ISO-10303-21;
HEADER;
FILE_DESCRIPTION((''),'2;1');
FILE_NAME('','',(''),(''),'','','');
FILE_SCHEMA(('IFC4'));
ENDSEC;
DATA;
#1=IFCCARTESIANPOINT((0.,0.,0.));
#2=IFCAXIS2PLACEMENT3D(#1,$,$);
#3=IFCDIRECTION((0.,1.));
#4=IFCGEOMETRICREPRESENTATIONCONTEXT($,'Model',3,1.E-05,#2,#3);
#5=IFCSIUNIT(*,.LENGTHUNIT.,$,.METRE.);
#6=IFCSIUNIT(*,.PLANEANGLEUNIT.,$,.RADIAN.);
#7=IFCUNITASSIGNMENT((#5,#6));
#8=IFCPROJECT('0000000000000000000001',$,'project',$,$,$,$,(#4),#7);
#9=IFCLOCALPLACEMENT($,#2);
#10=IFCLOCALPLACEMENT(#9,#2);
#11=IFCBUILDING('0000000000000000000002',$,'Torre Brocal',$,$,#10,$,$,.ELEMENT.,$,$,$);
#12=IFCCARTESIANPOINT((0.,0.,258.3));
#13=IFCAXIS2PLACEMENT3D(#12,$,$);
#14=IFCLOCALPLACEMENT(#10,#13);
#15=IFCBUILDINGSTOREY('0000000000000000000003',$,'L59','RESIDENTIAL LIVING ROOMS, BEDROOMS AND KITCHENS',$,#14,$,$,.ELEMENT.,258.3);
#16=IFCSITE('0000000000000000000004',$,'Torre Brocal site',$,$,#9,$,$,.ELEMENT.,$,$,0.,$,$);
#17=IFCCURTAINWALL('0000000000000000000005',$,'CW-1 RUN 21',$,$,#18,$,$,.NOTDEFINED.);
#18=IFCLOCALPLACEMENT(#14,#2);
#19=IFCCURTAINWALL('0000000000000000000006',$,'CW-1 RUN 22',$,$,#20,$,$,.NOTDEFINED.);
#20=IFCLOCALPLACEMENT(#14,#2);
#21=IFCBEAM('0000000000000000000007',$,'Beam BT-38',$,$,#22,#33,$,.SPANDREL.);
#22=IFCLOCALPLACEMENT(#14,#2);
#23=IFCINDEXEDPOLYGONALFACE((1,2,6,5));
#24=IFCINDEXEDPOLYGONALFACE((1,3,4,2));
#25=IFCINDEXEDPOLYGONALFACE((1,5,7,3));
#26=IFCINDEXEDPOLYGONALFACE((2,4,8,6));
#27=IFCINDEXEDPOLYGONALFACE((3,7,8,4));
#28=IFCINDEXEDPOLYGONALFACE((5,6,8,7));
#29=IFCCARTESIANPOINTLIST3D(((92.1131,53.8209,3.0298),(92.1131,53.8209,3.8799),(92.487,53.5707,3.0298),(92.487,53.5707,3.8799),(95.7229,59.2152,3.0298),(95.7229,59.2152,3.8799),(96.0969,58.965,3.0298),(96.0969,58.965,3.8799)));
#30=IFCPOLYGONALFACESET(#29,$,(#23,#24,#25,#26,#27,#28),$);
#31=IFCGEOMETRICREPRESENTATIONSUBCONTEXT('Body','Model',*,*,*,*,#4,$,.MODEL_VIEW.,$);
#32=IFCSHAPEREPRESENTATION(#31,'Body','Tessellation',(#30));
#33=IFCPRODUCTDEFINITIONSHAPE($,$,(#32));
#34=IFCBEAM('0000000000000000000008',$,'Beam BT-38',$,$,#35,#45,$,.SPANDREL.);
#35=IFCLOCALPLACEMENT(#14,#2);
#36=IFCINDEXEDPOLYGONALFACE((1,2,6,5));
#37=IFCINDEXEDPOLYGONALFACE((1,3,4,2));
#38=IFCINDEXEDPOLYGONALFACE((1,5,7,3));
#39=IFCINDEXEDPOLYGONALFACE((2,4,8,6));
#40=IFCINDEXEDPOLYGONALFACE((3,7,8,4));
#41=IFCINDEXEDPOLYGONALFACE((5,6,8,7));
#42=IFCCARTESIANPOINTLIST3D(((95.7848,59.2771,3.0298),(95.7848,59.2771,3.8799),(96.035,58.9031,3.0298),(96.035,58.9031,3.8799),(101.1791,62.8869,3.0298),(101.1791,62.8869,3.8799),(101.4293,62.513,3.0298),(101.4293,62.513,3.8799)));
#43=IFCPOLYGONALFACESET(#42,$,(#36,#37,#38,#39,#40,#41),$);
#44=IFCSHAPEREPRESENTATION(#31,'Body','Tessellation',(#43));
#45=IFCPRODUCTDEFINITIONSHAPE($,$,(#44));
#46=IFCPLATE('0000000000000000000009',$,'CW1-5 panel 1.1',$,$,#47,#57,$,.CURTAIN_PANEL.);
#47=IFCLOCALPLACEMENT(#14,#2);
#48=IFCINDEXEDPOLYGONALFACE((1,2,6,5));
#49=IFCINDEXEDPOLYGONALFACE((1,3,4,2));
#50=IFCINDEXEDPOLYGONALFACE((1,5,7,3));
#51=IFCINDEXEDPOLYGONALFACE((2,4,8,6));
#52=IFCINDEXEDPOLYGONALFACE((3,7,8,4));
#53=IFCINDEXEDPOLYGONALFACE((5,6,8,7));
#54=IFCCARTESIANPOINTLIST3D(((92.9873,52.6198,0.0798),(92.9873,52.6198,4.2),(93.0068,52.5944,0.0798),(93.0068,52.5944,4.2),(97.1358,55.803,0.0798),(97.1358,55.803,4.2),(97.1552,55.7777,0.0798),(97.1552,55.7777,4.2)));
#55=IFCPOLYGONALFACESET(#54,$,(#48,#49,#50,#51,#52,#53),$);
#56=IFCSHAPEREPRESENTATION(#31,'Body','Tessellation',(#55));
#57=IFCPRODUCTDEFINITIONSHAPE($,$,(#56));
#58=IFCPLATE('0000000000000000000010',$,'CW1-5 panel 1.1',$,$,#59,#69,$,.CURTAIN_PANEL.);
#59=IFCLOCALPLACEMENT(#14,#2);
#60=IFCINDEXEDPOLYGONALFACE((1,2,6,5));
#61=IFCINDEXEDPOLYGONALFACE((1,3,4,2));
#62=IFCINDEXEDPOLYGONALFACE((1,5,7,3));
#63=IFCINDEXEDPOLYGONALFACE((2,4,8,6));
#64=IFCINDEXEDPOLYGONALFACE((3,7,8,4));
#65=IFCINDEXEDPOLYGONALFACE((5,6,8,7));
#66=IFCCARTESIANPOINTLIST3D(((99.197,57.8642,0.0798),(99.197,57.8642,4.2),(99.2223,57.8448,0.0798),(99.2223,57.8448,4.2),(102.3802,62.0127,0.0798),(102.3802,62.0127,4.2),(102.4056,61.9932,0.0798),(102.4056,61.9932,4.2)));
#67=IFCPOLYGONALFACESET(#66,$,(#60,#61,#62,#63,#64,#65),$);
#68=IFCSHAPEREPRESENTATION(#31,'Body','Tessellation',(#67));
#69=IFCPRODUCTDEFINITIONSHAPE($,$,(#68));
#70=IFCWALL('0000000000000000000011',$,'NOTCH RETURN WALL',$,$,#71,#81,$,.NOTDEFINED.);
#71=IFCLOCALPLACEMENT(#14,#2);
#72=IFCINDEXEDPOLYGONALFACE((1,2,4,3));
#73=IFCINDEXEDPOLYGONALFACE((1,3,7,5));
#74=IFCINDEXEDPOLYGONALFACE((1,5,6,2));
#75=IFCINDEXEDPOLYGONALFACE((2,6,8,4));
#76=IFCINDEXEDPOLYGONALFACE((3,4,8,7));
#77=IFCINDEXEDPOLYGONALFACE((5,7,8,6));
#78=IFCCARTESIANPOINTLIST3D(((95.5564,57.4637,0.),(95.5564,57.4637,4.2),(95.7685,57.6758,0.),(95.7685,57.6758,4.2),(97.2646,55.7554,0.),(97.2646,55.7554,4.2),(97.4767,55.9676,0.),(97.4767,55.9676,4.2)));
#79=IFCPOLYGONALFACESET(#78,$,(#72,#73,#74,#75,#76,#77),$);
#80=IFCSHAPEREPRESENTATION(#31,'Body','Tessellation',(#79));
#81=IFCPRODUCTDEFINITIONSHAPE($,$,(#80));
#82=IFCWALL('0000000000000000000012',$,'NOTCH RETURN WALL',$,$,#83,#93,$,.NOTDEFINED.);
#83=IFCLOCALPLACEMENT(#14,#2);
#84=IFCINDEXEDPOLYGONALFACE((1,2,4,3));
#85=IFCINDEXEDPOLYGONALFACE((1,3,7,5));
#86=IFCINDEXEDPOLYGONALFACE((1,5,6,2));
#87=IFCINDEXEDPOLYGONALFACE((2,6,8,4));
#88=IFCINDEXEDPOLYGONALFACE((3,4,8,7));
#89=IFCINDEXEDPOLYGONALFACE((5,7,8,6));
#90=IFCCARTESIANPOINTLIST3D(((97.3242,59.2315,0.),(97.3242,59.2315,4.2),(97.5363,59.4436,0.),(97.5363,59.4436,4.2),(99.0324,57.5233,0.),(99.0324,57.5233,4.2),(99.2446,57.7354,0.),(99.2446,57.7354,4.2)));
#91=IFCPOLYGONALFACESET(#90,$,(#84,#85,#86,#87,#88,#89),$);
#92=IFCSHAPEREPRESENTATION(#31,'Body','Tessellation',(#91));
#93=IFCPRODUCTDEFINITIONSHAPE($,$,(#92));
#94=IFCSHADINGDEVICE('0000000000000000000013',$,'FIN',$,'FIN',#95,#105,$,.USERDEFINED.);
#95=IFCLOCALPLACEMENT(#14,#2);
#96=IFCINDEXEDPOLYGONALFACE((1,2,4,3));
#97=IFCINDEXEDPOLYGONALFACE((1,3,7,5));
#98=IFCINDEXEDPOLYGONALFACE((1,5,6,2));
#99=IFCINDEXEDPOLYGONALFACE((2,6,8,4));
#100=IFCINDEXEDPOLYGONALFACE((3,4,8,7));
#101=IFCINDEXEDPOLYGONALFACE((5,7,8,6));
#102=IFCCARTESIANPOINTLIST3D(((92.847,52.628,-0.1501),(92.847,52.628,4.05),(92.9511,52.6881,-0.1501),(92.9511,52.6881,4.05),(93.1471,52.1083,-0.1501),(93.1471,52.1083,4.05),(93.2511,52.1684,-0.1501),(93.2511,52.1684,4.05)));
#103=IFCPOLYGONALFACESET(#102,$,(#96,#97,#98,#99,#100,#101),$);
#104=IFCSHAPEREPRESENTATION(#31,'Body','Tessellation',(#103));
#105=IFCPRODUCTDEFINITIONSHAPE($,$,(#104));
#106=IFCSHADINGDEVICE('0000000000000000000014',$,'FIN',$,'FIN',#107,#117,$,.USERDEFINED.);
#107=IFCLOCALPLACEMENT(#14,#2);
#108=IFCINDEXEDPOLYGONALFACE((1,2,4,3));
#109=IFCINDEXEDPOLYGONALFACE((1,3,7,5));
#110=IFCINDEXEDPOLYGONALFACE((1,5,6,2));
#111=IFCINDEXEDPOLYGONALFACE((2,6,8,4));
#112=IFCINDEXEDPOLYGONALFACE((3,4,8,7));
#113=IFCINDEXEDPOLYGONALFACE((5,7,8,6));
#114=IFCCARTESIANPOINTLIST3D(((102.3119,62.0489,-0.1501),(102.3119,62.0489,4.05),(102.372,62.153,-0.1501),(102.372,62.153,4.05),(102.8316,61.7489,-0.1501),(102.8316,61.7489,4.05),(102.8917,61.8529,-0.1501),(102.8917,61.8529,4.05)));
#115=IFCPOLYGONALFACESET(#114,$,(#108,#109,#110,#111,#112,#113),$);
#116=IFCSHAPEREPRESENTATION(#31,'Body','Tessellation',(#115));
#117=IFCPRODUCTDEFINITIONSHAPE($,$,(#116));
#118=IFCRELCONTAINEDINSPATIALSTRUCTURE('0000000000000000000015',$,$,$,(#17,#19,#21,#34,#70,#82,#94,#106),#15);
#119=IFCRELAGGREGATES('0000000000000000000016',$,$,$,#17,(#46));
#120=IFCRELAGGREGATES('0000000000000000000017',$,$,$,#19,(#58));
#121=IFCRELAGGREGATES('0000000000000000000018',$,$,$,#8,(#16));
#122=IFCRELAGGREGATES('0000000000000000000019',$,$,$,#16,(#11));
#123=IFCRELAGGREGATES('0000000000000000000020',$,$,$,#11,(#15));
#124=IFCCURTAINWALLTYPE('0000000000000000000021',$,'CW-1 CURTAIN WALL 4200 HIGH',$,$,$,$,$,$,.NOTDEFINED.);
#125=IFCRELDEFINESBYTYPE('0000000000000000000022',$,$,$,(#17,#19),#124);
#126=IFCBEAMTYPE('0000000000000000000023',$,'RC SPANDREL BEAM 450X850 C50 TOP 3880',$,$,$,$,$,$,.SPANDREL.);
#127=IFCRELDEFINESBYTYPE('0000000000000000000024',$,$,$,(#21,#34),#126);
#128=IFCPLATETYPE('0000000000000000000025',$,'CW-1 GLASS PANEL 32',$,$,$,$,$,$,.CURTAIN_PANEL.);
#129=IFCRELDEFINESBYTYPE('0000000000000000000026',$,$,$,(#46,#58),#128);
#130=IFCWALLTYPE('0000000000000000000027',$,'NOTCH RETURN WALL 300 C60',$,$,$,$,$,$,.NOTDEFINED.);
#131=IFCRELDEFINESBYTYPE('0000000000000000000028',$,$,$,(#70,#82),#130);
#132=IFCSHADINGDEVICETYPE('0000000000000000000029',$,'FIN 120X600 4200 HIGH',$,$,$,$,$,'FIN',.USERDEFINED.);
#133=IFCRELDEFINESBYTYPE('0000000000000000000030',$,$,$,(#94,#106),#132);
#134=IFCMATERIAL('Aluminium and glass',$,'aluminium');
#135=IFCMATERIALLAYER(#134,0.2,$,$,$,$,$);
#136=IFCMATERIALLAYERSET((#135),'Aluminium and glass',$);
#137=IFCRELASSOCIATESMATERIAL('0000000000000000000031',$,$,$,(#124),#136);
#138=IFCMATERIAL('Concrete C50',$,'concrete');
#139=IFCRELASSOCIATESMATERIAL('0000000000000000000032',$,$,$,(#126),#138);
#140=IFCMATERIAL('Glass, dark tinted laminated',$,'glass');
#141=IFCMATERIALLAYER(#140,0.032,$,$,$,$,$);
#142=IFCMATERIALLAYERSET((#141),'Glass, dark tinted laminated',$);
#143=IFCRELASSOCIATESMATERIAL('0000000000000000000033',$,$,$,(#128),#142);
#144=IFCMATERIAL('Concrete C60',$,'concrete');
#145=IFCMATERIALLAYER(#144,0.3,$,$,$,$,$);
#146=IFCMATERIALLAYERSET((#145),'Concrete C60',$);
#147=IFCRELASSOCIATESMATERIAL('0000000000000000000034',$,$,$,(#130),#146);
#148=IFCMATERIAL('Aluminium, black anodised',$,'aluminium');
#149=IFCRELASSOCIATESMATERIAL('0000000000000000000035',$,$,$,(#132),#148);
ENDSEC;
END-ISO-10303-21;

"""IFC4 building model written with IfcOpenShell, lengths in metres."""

from ifc_helpers import new_model, si_unit, direction, frame, frame_2d, origin, origin_2d, place, context, subcontext, project, spatial, rectangle, extrude, material, layer, layer_set, material_profile, profile_set, type_object, element, aggregate, save


model = new_model("IFC4")

# Units and contexts
model_context = context("Model", 3, precision=1e-05, world=origin(), true_north=direction((0.0, 1.0)))
body_context = subcontext(model_context, "Body", "Model", "MODEL_VIEW")
ifc_project = project(units=[si_unit("LENGTHUNIT", "METRE"), si_unit("PLANEANGLEUNIT", "RADIAN")], contexts=[model_context])

# Site, building, storey
site_placement = place(None, origin())
site = spatial("IfcSite", under=ifc_project, at=site_placement, Name="Torre Brocal site", CompositionType="ELEMENT", RefElevation=0.0)
building_placement = place(site_placement, origin())
building = spatial("IfcBuilding", under=site, at=building_placement, Name="Torre Brocal", CompositionType="ELEMENT")
storey_placement = place(building_placement, frame((0.0, 0.0, 258.3)))
storey = spatial("IfcBuildingStorey", under=building, at=storey_placement, Name="L59", Description="RESIDENTIAL LIVING ROOMS, BEDROOMS AND KITCHENS", CompositionType="ELEMENT", Elevation=258.3)

# Shared definitions
ifc_material_1 = material(Name="Aluminium and glass", Category="aluminium")
ifc_layer_1 = layer(ifc_material_1, 0.2)
ifc_layer_set_1 = layer_set([ifc_layer_1], Name="Aluminium and glass")
curtain_wall_type = type_object("IfcCurtainWallType", Name="CW-1 CURTAIN WALL 4200 HIGH", PredefinedType="NOTDEFINED", material=ifc_layer_set_1)

# Curtain walls
curtain_wall_1_placement = place(storey_placement, origin())
curtain_wall_1 = element("IfcCurtainWall", 1, at=curtain_wall_1_placement, inside=storey, type_object=curtain_wall_type, Name="CW-1 RUN 21", PredefinedType="NOTDEFINED")
curtain_wall_2_placement = place(storey_placement, origin())
curtain_wall_2 = element("IfcCurtainWall", 2, at=curtain_wall_2_placement, inside=storey, type_object=curtain_wall_type, Name="CW-1 RUN 22", PredefinedType="NOTDEFINED")

# Beams
ifc_material_2 = material(Name="Concrete C50", Category="concrete")
ifc_material_profile_1 = material_profile(ifc_material_2, rectangle(XDim=0.45, YDim=0.8501, at=origin_2d()), Name="RC 450X850")
ifc_profile_set_1 = profile_set([ifc_material_profile_1], Name="Concrete C50")
beam_type_1 = type_object("IfcBeamType", Name="RC SPANDREL BEAM 450X850 C50 TOP 3880", PredefinedType="SPANDREL", material=ifc_profile_set_1)
for number, where, z_axis, x_axis, name in (
    (3, (92.3, 53.6958, 3.4548), (0.556158, 0.831077, 0.0), (-0.831077, 0.556158, 0.0), "Beam BT-38"),
    (4, (95.9099, 59.0901, 3.4548), (0.831077, 0.556158, 0.0), (-0.556158, 0.831077, 0.0), "Beam BT-38"),
):
    element("IfcBeam", number, at=place(storey_placement, frame(where, z_axis=z_axis, x_axis=x_axis)), inside=storey, type_object=beam_type_1, Name=name, PredefinedType="SPANDREL", context=body_context, shape_type="SweptSolid", body=[
        extrude(rectangle(XDim=0.45, YDim=0.8501, at=origin_2d()), origin(), (0.0, 0.0, 1.0), 6.4907),
    ])

# Plates
ifc_material_3 = material(Name="Glass, dark tinted laminated", Category="glass")
ifc_layer_2 = layer(ifc_material_3, 0.032)
ifc_layer_set_2 = layer_set([ifc_layer_2], Name="Glass, dark tinted laminated")
plate_type = type_object("IfcPlateType", Name="CW-1 GLASS PANEL 32", PredefinedType="CURTAIN_PANEL", material=ifc_layer_set_2)
plate_1_placement = place(storey_placement, frame((95.0713, 54.1987, 0.0798), z_axis=(0.0, 0.0, 1.0), x_axis=(0.793353, 0.608761, 0.0)))
plate_1 = element("IfcPlate", 5, at=plate_1_placement, type_object=plate_type, Name="CW1-5 panel 1.1", PredefinedType="CURTAIN_PANEL", context=body_context, shape_type="SweptSolid", body=[
    extrude(rectangle(XDim=5.229, YDim=0.032, at=origin_2d()), origin(), (0.0, 0.0, 1.0), 4.1201),
])
aggregate(curtain_wall_1, [plate_1])
plate_2_placement = place(storey_placement, frame((100.8013, 59.9287, 0.0798), z_axis=(0.0, 0.0, 1.0), x_axis=(0.608761, 0.793353, 0.0)))
plate_2 = element("IfcPlate", 6, at=plate_2_placement, type_object=plate_type, Name="CW1-5 panel 1.1", PredefinedType="CURTAIN_PANEL", context=body_context, shape_type="SweptSolid", body=[
    extrude(rectangle(XDim=5.229, YDim=0.032, at=origin_2d()), origin(), (0.0, 0.0, 1.0), 4.1201),
])
aggregate(curtain_wall_2, [plate_2])

# Walls
ifc_material_4 = material(Name="Concrete C60", Category="concrete")
ifc_layer_3 = layer(ifc_material_4, 0.3)
ifc_layer_set_3 = layer_set([ifc_layer_3], Name="Concrete C60")
wall_type = type_object("IfcWallType", Name="NOTCH RETURN WALL 300 C60", PredefinedType="NOTDEFINED", material=ifc_layer_set_3)
for number, where, z_axis, x_axis, name in (
    (7, (95.6624, 57.5698, 0.0), (0.0, 0.0, 1.0), (0.707107, -0.707107, 0.0), "NOTCH RETURN WALL"),
    (8, (97.4302, 59.3376, 0.0), (0.0, 0.0, 1.0), (0.707107, -0.707107, 0.0), "NOTCH RETURN WALL"),
):
    element("IfcWall", number, at=place(storey_placement, frame(where, z_axis=z_axis, x_axis=x_axis)), inside=storey, type_object=wall_type, Name=name, PredefinedType="NOTDEFINED", context=body_context, shape_type="SweptSolid", body=[
        extrude(rectangle(XDim=2.4158, YDim=0.3, at=frame_2d((1.208, 0.0))), origin(), (0.0, 0.0, 1.0), 4.2),
    ])

# Shading devices
ifc_material_5 = material(Name="Aluminium, black anodised", Category="aluminium")
ifc_material_profile_2 = material_profile(ifc_material_5, rectangle(XDim=0.1201, YDim=0.6001, at=origin_2d()), Name="FIN 120X600 4200 HIGH")
ifc_profile_set_2 = profile_set([ifc_material_profile_2], Name="Aluminium, black anodised")
shading_device_type = type_object("IfcShadingDeviceType", Name="FIN 120X600 4200 HIGH", ElementType="FIN", PredefinedType="USERDEFINED", material=ifc_profile_set_2)
for number, where, z_axis, x_axis, name in (
    (9, (93.0491, 52.3982, -0.1501), (0.0, 0.0, 1.0), (0.866025, 0.5, 0.0), "FIN"),
    (10, (102.6018, 61.9509, -0.1501), (0.0, 0.0, 1.0), (0.5, 0.866025, 0.0), "FIN"),
):
    element("IfcShadingDevice", number, at=place(storey_placement, frame(where, z_axis=z_axis, x_axis=x_axis)), inside=storey, type_object=shading_device_type, Name=name, ObjectType="FIN", PredefinedType="USERDEFINED", context=body_context, shape_type="SweptSolid", body=[
        extrude(rectangle(XDim=0.1201, YDim=0.6001, at=origin_2d()), origin(), (0.0, 0.0, 1.0), 4.2002),
    ])

save(model, "model.ifc")
